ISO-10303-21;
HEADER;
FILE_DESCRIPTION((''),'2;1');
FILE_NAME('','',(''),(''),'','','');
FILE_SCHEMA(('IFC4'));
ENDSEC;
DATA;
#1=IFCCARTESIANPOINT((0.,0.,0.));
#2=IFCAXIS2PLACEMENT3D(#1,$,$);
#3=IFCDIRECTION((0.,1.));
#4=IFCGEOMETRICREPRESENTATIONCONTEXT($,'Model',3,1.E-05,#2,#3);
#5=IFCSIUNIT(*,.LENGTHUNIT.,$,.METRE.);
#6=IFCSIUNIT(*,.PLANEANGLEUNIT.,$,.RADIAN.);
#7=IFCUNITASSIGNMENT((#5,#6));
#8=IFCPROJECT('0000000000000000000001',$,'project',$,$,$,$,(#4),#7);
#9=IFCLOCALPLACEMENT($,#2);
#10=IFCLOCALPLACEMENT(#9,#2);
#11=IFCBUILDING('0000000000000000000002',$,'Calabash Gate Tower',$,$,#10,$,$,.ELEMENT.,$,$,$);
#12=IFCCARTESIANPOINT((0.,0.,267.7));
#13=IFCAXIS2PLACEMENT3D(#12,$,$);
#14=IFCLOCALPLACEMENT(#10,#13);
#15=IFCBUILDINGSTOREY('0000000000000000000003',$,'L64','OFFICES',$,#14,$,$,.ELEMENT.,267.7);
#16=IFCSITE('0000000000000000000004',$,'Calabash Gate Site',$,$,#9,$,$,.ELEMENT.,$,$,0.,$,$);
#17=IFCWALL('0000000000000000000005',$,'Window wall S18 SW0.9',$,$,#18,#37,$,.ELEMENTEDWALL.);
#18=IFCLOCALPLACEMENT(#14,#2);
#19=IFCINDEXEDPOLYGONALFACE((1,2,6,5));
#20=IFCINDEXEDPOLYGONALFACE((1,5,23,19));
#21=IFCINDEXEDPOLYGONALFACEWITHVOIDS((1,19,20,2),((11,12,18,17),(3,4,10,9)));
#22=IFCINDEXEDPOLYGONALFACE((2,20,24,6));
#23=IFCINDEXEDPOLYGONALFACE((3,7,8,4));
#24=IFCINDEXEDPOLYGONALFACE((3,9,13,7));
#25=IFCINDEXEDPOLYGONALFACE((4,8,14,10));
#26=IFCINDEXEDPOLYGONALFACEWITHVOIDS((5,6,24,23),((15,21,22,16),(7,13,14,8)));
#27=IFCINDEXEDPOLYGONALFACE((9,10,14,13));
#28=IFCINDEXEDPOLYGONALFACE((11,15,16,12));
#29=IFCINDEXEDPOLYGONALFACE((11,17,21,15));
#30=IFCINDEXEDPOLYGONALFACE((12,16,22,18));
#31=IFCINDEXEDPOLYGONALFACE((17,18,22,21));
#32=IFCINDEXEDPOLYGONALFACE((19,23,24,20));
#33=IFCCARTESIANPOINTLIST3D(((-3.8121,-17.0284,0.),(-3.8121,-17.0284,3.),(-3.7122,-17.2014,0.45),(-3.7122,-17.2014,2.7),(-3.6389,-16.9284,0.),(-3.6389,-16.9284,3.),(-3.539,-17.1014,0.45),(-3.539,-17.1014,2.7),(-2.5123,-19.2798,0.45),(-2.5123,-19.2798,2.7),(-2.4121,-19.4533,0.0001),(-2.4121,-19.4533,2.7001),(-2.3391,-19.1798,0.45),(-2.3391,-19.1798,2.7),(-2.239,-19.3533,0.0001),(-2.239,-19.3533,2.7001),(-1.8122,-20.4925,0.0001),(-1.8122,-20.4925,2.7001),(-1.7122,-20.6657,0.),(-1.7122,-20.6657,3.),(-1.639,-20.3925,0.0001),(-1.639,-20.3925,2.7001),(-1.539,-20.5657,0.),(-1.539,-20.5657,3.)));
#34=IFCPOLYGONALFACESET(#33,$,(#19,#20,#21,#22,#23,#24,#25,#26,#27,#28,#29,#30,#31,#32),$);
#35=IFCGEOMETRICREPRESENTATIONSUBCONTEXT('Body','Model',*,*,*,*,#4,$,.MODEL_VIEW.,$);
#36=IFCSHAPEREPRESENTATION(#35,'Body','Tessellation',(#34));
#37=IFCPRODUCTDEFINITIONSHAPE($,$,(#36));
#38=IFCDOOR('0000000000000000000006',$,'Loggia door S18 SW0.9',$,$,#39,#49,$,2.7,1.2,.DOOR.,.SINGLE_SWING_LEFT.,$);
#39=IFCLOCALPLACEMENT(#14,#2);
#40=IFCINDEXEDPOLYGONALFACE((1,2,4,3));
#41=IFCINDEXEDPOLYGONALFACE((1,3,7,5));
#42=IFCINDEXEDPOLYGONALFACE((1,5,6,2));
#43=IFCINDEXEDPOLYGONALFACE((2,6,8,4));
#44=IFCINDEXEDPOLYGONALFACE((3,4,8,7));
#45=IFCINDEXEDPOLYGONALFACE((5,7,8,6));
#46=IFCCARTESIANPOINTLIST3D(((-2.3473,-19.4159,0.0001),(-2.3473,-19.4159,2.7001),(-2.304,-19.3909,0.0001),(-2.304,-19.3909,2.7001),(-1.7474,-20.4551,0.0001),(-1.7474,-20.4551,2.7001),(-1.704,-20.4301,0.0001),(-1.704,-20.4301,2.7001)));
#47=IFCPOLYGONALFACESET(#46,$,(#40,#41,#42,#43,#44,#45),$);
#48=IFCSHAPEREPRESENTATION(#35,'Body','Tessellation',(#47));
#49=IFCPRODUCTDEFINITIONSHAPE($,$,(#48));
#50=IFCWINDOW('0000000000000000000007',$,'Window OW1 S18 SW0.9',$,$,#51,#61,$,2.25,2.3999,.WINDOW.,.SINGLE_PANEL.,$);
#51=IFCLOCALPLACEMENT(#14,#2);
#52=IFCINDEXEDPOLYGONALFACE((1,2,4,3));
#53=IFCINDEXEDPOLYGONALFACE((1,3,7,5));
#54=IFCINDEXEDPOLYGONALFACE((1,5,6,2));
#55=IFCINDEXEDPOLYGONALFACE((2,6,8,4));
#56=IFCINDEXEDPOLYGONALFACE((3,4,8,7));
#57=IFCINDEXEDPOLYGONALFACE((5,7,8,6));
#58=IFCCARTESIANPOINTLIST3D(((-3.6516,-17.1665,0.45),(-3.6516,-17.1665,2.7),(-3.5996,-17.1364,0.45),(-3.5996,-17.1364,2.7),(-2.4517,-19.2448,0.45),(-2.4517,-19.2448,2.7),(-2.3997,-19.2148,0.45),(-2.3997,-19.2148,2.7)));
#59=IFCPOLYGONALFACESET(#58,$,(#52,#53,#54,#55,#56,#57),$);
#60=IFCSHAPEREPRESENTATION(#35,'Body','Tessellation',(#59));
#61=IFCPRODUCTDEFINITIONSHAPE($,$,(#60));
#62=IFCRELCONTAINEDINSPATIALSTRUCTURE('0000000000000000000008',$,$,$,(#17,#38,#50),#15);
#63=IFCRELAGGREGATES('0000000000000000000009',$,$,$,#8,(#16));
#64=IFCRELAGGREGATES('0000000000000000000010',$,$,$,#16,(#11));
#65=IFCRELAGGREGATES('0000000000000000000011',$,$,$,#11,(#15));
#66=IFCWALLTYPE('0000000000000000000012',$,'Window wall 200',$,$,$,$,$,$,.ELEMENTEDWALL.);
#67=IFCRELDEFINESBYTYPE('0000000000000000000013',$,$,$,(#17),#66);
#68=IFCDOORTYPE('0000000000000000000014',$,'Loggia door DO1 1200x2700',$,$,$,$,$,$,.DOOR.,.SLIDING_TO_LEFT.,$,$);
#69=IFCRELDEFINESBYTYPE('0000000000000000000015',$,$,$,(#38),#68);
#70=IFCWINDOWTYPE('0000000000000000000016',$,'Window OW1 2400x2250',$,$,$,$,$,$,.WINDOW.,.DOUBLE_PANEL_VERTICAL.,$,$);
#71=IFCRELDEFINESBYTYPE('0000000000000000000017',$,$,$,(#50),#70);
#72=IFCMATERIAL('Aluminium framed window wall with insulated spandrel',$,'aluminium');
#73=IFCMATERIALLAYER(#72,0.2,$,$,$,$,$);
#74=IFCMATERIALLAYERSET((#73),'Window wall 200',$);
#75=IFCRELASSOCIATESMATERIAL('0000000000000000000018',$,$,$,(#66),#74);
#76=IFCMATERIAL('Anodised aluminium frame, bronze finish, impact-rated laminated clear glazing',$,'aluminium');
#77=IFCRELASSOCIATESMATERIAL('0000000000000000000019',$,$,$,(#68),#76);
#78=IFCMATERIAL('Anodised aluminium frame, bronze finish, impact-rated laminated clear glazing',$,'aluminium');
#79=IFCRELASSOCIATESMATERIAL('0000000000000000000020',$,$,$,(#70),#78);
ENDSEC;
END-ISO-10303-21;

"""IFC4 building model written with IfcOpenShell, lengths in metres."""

from ifc_helpers import new_model, si_unit, direction, frame, frame_2d, origin, place, context, subcontext, project, spatial, rectangle, extrude, material, layer, layer_set, type_object, element, fill, save


model = new_model("IFC4")

# Units and contexts
model_context = context("Model", 3, precision=1e-05, world=origin(), true_north=direction((0.0, 1.0)))
body_context = subcontext(model_context, "Body", "Model", "MODEL_VIEW")
ifc_project = project(units=[si_unit("LENGTHUNIT", "METRE"), si_unit("PLANEANGLEUNIT", "RADIAN")], contexts=[model_context])

# Site, building, storey
site_placement = place(None, origin())
site = spatial("IfcSite", under=ifc_project, at=site_placement, Name="Calabash Gate Site", CompositionType="ELEMENT", RefElevation=0.0)
building_placement = place(site_placement, origin())
building = spatial("IfcBuilding", under=site, at=building_placement, Name="Calabash Gate Tower", CompositionType="ELEMENT")
storey_placement = place(building_placement, frame((0.0, 0.0, 267.7)))
storey = spatial("IfcBuildingStorey", under=building, at=storey_placement, Name="L64", Description="OFFICES", CompositionType="ELEMENT", Elevation=267.7)

# Shared definitions
ifc_material_1 = material(Name="Aluminium framed window wall with insulated spandrel", Category="aluminium")
ifc_layer_1 = layer(ifc_material_1, 0.2)
ifc_layer_set_1 = layer_set([ifc_layer_1], Name="Window wall 200")
wall_type_1 = type_object("IfcWallType", Name="Window wall 200", PredefinedType="ELEMENTEDWALL", material=ifc_layer_set_1)

# Wall, openings, door, window
wall_1_placement = place(storey_placement, frame((-3.7256, -16.9783, 0.0), z_axis=(0.0, 0.0, 1.0), x_axis=(0.499984, -0.866035, 0.0)))
wall_1 = element("IfcWall", 1, at=wall_1_placement, inside=storey, type_object=wall_type_1, Name="Window wall S18 SW0.9", PredefinedType="ELEMENTEDWALL", context=body_context, shape_type="SweptSolid", body=[
    extrude(rectangle(XDim=4.2, YDim=0.2, at=frame_2d((2.1001, 0.0))), origin(), (0.0, 0.0, 1.0), 3.0),
])
opening_1_placement = place(wall_1_placement, frame((0.2, 0.0, 0.45)))
opening_1 = element("IfcOpeningElement", 2, at=opening_1_placement, cuts=wall_1, PredefinedType="OPENING", context=body_context, shape_type="SweptSolid", body=[
    extrude(rectangle(XDim=2.3999, YDim=2.25, at=frame_2d((1.2, 1.125))), frame((0.0, 0.1099, 0.0), z_axis=(0.0, -1.0, 0.0), x_axis=(1.0, 0.0, 0.0)), (0.0, 0.0, 1.0), 0.22),
])
opening_2_placement = place(wall_1_placement, frame((2.8, 0.0, 0.0)))
opening_2 = element("IfcOpeningElement", 3, at=opening_2_placement, cuts=wall_1, PredefinedType="OPENING", context=body_context, shape_type="SweptSolid", body=[
    extrude(rectangle(XDim=1.2, YDim=2.7, at=frame_2d((0.6001, 1.3501))), frame((0.0, 0.1099, 0.0), z_axis=(0.0, -1.0, 0.0), x_axis=(1.0, 0.0, 0.0)), (0.0, 0.0, 1.0), 0.22),
])
ifc_material_2 = material(Name="Anodised aluminium frame, bronze finish, impact-rated laminated clear glazing", Category="aluminium")
door_type = type_object("IfcDoorType", Name="Loggia door DO1 1200x2700", OperationType="SLIDING_TO_LEFT", PredefinedType="DOOR", material=ifc_material_2)
door_placement = place(opening_2_placement, origin())
door = element("IfcDoor", 4, at=door_placement, inside=storey, type_object=door_type, Name="Loggia door S18 SW0.9", OperationType="SINGLE_SWING_LEFT", OverallHeight=2.7, OverallWidth=1.2, PredefinedType="DOOR", context=body_context, shape_type="SweptSolid", body=[
    extrude(rectangle(XDim=1.2, YDim=2.7, at=frame_2d((0.6001, 1.3501))), frame((0.0, 0.0249, 0.0), z_axis=(0.0, -1.0, 0.0), x_axis=(1.0, 0.0, 0.0)), (0.0, 0.0, 1.0), 0.05),
])
fill(opening_2, door)
ifc_material_3 = material(Name="Anodised aluminium frame, bronze finish, impact-rated laminated clear glazing", Category="aluminium")
window_type = type_object("IfcWindowType", Name="Window OW1 2400x2250", PartitioningType="DOUBLE_PANEL_VERTICAL", PredefinedType="WINDOW", material=ifc_material_3)
window_placement = place(opening_1_placement, origin())
window = element("IfcWindow", 5, at=window_placement, inside=storey, type_object=window_type, Name="Window OW1 S18 SW0.9", OverallHeight=2.25, OverallWidth=2.3999, PartitioningType="SINGLE_PANEL", PredefinedType="WINDOW", context=body_context, shape_type="SweptSolid", body=[
    extrude(rectangle(XDim=2.3999, YDim=2.25, at=frame_2d((1.2, 1.125))), frame((0.0, 0.03, 0.0), z_axis=(0.0, -1.0, 0.0), x_axis=(1.0, 0.0, 0.0)), (0.0, 0.0, 1.0), 0.0601),
])
fill(opening_1, window)

save(model, "model.ifc")
